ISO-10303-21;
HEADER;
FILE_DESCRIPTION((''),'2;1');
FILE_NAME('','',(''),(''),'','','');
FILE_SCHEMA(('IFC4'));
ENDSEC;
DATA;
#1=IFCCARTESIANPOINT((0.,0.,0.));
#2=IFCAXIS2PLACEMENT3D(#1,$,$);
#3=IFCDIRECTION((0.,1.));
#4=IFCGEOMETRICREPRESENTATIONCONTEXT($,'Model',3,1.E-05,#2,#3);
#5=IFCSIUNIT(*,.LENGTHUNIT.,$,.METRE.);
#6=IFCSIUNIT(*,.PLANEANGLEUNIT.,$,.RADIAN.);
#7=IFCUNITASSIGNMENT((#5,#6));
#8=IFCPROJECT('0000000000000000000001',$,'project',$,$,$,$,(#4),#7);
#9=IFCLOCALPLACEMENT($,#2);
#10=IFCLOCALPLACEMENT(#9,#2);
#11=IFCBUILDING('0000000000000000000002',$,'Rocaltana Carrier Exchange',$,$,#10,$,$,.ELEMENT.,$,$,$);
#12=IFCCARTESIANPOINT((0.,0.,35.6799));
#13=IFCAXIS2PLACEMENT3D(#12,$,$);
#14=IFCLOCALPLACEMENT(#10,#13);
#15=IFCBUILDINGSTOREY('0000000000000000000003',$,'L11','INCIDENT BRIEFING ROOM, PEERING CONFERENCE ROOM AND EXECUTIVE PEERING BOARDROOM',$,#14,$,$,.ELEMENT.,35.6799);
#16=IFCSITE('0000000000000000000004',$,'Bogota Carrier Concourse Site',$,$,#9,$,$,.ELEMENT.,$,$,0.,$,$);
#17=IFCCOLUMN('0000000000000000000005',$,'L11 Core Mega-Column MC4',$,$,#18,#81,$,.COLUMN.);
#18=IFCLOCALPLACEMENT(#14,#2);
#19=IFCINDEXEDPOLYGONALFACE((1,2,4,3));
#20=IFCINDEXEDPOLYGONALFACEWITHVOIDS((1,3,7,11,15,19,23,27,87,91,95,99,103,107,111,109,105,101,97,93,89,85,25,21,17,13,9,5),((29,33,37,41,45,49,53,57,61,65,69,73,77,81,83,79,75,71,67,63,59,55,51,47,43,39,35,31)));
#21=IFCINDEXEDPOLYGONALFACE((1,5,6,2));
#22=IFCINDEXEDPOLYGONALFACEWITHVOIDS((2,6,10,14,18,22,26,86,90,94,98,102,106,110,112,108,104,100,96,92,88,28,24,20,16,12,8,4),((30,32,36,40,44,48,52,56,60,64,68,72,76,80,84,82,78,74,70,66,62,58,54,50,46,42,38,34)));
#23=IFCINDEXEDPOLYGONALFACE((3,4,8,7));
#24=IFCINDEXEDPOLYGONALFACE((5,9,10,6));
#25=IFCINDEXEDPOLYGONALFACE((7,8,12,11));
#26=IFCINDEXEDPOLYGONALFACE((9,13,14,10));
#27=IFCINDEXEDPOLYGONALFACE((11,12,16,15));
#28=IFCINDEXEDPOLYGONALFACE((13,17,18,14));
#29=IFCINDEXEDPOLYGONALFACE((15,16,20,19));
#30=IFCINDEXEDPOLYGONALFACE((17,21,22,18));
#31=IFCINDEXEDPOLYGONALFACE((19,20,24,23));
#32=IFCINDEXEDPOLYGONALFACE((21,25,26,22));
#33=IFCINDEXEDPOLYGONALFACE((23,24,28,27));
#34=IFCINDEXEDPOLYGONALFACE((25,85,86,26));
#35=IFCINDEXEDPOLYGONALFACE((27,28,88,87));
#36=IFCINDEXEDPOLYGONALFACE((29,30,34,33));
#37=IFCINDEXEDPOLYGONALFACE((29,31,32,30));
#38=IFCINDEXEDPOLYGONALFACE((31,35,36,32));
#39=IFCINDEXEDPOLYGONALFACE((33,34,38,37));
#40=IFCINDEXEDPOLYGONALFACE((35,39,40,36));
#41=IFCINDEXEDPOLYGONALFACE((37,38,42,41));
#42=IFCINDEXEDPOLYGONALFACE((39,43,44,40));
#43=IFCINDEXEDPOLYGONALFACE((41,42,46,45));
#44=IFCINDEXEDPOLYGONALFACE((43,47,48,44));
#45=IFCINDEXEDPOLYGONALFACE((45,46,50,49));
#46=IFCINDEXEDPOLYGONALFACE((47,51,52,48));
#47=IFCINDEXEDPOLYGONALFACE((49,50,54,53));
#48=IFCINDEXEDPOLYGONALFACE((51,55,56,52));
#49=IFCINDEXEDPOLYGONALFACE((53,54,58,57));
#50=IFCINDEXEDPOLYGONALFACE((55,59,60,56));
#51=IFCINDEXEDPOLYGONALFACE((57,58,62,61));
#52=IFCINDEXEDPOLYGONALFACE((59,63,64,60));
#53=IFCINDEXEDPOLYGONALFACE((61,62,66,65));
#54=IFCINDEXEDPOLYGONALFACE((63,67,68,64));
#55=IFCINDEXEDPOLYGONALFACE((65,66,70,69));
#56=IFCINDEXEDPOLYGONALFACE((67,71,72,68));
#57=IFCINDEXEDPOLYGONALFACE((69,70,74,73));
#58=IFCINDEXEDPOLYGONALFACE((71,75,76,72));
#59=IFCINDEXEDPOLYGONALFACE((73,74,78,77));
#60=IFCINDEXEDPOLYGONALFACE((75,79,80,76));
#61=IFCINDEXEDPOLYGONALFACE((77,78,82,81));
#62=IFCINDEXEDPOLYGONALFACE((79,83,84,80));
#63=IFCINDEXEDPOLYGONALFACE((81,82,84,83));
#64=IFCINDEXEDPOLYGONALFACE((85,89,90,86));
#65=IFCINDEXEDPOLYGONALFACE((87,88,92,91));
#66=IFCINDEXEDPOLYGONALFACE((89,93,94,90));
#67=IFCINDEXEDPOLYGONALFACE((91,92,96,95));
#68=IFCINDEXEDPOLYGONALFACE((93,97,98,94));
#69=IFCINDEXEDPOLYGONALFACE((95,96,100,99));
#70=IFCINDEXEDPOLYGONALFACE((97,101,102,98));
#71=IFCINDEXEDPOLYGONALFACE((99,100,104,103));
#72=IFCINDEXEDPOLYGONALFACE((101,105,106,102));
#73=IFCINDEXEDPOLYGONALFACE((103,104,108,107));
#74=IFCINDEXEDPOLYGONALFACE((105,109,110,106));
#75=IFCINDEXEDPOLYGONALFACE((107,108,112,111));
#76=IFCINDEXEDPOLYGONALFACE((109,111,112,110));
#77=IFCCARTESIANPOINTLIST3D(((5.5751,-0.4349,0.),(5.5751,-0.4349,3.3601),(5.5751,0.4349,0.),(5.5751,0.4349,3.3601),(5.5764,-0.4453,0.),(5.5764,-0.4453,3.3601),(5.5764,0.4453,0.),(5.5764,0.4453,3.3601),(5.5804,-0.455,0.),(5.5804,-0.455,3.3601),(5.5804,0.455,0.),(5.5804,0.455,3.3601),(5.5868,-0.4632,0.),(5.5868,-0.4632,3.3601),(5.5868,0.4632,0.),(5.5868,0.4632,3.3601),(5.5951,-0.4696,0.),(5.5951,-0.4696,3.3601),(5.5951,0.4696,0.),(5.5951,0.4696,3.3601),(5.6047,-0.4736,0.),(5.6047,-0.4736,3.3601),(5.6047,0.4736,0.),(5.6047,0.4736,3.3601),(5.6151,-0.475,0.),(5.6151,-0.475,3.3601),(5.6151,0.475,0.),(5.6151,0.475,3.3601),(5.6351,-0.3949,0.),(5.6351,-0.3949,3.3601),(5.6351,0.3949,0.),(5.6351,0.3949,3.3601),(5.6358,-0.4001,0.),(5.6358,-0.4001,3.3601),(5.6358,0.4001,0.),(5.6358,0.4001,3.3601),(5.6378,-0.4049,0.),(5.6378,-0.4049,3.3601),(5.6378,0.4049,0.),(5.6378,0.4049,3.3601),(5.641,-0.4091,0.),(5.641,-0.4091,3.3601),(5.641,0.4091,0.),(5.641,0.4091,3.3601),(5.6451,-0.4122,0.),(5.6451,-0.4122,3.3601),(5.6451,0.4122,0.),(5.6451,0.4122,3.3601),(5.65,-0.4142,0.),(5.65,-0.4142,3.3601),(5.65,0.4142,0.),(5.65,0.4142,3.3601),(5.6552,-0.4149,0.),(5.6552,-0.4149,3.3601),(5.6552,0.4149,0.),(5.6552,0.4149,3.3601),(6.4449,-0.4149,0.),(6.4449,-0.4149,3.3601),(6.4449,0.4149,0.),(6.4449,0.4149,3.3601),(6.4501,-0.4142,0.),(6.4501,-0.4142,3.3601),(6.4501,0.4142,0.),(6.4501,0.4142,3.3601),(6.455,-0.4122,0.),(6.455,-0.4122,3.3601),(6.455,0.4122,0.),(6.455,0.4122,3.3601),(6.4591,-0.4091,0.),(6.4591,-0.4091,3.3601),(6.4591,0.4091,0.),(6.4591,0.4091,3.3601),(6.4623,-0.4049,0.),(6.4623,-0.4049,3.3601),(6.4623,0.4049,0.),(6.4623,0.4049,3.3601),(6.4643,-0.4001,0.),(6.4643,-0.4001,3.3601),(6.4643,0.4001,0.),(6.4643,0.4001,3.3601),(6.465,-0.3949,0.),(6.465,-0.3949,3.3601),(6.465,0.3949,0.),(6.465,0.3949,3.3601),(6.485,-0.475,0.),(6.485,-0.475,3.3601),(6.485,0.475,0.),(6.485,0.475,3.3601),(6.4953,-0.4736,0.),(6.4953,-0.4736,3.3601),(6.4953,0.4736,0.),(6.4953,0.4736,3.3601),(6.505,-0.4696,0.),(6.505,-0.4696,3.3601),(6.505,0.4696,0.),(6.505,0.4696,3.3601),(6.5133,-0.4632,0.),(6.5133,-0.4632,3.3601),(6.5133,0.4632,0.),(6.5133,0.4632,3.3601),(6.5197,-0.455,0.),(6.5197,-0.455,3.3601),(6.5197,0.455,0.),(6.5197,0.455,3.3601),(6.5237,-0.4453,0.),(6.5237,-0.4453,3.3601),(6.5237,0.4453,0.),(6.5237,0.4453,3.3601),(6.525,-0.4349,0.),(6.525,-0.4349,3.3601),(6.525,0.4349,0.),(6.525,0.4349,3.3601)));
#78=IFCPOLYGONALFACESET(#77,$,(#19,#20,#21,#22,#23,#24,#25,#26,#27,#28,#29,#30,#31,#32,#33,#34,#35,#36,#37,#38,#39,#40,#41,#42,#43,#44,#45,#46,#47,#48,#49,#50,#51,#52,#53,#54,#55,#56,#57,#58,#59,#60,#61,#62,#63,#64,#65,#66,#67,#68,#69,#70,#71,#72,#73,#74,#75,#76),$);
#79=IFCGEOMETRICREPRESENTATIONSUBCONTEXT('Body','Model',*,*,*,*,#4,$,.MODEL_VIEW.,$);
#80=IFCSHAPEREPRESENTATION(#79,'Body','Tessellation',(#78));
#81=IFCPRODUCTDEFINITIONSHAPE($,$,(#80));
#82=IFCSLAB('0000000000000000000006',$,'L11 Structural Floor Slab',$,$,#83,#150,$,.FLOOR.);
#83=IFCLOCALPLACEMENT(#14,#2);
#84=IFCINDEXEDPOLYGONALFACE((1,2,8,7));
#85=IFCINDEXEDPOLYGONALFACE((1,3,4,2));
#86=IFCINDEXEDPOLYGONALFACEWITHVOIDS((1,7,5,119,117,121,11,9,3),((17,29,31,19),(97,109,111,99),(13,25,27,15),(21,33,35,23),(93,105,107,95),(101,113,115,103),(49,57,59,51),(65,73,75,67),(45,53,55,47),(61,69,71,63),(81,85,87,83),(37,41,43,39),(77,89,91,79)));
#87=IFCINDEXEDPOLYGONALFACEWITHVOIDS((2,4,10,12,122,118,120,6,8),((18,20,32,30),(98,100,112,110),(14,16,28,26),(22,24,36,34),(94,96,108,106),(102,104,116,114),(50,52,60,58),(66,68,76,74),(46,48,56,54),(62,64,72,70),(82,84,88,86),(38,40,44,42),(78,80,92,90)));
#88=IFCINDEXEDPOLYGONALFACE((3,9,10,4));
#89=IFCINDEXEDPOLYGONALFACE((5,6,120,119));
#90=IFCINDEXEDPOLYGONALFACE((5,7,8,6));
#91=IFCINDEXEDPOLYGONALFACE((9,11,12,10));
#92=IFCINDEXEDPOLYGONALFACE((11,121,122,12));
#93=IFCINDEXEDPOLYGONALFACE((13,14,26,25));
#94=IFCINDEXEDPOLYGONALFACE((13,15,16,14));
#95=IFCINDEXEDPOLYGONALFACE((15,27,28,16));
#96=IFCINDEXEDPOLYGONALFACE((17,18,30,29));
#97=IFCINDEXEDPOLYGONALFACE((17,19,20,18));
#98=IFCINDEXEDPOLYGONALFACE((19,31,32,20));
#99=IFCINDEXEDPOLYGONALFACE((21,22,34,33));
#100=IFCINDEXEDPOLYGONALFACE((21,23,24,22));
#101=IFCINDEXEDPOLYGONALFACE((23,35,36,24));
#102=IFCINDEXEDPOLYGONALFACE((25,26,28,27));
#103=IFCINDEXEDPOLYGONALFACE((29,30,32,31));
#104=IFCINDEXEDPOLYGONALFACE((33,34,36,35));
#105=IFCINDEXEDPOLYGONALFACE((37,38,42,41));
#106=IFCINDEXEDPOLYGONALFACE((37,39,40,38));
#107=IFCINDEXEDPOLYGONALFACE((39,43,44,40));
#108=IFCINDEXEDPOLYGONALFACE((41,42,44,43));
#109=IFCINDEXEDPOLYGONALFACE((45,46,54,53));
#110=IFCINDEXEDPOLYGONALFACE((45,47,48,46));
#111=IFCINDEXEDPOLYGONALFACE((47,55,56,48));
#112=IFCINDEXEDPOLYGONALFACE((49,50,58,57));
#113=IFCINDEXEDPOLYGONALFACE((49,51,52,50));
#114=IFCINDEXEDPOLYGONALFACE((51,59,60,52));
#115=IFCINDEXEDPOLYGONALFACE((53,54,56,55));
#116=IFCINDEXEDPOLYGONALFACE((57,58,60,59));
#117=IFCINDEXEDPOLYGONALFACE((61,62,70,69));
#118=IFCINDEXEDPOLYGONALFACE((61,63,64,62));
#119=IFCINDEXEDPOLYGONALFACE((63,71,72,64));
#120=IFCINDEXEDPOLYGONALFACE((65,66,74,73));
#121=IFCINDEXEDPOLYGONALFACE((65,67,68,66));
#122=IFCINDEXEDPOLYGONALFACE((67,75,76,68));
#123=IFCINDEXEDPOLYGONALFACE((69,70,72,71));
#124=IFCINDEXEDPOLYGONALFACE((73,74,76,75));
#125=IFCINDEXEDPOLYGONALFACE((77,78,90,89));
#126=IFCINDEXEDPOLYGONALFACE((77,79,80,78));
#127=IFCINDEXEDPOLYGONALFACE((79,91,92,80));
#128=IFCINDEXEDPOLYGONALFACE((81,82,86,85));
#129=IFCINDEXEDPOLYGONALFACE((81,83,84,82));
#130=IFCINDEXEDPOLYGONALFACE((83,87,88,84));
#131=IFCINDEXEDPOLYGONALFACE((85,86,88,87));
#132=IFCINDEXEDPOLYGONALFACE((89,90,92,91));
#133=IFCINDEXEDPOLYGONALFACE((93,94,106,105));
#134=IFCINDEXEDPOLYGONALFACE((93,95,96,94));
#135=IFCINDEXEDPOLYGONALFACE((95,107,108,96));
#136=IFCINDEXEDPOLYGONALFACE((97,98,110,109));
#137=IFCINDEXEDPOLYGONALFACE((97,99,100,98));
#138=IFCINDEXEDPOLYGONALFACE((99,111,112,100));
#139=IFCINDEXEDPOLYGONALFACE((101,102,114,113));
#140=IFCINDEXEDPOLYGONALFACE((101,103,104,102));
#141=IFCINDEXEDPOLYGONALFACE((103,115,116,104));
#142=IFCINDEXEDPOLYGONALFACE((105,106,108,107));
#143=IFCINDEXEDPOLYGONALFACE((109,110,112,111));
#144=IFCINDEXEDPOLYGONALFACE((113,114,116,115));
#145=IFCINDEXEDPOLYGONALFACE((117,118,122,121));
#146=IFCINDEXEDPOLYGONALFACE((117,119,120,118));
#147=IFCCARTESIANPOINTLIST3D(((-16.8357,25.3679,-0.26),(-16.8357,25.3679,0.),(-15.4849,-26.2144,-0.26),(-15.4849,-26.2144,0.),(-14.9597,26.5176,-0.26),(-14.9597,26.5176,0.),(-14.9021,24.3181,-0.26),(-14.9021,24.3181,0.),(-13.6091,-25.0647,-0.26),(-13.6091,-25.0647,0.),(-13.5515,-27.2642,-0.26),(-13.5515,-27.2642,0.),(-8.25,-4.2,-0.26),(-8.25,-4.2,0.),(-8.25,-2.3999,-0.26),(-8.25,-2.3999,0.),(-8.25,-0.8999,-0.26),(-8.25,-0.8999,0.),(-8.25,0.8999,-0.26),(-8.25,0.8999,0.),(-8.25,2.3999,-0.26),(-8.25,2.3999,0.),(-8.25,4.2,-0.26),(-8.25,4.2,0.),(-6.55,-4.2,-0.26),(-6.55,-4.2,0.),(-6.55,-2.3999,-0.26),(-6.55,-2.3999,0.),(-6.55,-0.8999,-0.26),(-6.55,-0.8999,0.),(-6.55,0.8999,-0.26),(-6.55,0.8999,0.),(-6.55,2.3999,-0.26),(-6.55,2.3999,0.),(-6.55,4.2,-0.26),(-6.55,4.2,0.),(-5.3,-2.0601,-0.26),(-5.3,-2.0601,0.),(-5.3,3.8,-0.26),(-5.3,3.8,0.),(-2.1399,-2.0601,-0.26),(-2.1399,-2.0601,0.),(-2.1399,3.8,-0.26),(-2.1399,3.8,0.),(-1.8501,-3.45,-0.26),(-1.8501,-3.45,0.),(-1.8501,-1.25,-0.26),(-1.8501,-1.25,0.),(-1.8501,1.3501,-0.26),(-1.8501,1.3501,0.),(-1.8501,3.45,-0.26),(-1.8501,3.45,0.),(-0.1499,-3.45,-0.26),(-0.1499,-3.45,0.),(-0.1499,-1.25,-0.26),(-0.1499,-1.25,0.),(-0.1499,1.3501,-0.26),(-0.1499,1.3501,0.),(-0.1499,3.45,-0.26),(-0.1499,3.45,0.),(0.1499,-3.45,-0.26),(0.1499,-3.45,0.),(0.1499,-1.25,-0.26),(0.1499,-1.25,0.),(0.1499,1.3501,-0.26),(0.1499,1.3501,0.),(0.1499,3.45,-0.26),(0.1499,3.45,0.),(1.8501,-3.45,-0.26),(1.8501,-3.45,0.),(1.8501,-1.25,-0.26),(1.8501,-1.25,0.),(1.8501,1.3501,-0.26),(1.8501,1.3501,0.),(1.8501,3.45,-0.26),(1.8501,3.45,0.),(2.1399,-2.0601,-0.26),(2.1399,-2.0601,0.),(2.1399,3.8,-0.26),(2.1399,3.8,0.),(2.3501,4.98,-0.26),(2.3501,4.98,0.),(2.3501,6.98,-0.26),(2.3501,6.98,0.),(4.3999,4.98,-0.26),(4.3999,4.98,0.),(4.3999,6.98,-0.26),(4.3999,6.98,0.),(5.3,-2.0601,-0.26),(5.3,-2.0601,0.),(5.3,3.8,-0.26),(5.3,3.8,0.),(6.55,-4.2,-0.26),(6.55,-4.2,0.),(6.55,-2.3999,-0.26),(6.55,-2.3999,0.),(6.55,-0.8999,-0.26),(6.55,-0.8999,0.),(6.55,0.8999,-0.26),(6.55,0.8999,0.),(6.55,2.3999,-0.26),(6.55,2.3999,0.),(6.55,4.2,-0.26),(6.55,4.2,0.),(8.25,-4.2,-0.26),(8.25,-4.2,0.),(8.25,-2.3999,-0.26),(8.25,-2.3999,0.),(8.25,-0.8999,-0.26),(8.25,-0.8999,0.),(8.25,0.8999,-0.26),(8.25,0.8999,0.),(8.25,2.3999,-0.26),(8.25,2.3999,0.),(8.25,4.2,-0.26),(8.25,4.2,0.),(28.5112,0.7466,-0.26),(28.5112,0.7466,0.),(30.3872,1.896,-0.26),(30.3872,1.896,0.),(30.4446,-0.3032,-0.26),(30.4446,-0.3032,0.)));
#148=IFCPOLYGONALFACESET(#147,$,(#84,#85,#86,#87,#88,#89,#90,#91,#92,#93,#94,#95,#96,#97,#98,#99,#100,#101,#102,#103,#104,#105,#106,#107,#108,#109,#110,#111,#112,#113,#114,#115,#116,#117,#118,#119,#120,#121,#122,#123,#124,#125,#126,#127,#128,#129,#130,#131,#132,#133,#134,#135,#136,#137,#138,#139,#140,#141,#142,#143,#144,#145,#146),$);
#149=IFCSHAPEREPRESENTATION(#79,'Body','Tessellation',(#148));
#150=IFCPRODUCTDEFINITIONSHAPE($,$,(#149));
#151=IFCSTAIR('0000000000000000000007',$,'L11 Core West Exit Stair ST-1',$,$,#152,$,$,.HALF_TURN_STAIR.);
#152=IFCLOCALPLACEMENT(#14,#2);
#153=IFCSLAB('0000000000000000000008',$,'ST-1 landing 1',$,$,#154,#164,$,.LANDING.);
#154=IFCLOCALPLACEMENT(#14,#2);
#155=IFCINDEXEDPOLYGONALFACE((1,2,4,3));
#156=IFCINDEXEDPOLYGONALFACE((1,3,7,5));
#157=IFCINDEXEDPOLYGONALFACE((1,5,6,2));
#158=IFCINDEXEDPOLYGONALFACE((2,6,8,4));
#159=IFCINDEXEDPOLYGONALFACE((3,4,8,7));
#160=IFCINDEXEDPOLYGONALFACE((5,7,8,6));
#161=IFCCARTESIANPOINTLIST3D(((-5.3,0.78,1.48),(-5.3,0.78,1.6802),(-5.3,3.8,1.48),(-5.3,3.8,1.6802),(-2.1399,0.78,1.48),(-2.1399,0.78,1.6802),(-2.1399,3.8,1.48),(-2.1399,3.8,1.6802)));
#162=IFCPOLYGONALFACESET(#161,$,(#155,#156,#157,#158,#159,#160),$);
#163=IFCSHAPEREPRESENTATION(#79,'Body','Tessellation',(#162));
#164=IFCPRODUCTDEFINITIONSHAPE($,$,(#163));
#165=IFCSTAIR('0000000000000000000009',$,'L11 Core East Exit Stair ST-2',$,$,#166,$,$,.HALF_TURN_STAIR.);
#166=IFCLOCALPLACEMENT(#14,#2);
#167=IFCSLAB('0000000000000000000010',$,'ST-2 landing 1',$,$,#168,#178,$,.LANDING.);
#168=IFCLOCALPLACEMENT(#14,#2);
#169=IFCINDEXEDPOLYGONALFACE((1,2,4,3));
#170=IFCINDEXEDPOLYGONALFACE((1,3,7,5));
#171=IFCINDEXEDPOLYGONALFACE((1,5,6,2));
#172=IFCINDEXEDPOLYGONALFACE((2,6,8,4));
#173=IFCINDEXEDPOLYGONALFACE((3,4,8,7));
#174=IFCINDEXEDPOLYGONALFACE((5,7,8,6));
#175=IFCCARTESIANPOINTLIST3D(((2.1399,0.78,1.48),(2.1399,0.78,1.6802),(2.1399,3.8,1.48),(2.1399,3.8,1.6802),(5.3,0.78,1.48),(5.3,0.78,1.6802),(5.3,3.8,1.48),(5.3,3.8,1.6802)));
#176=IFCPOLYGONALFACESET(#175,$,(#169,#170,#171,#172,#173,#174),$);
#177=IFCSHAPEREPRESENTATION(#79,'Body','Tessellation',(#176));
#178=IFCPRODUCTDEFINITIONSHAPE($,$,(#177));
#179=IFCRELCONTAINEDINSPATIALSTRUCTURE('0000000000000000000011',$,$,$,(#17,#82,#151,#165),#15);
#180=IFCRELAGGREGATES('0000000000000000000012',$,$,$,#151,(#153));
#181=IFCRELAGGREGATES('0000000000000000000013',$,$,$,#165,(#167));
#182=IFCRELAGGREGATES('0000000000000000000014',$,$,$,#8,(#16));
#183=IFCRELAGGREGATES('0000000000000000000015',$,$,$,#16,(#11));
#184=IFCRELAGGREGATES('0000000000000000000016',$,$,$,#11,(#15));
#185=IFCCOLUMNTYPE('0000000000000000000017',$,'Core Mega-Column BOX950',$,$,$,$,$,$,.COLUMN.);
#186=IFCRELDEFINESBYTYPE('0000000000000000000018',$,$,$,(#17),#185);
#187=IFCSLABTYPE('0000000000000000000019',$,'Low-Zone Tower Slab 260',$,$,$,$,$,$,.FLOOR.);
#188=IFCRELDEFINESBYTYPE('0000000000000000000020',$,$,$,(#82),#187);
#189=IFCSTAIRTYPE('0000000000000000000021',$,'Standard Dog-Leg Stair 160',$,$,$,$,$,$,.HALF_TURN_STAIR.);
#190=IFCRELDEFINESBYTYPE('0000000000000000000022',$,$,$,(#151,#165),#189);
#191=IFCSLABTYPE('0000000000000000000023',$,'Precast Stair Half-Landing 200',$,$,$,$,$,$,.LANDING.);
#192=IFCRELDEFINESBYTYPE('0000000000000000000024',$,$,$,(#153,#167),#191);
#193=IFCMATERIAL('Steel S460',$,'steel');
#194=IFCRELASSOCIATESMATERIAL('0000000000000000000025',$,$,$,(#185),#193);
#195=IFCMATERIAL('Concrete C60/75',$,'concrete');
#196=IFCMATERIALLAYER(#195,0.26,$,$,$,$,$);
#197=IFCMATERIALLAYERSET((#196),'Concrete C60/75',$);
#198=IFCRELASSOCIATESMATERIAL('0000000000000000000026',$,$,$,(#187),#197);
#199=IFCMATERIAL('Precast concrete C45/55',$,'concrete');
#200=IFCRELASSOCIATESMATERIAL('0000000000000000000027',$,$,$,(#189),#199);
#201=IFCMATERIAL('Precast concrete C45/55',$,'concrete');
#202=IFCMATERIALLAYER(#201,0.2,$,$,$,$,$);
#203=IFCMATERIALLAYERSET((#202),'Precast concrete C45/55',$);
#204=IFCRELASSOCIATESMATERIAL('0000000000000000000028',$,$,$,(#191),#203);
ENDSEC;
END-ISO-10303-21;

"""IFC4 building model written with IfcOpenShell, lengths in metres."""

from ifc_helpers import new_model, si_unit, direction, frame, origin, origin_2d, place, context, subcontext, project, spatial, polyline, hollow_rectangle, outline, extrude, material, layer, layer_set, material_profile, profile_set, type_object, element, aggregate, save


model = new_model("IFC4")

# Units and contexts
model_context = context("Model", 3, precision=1e-05, world=origin(), true_north=direction((0.0, 1.0)))
body_context = subcontext(model_context, "Body", "Model", "MODEL_VIEW")
ifc_project = project(units=[si_unit("LENGTHUNIT", "METRE"), si_unit("PLANEANGLEUNIT", "RADIAN")], contexts=[model_context])

# Site, building, storey
site_placement = place(None, origin())
site = spatial("IfcSite", under=ifc_project, at=site_placement, Name="Bogota Carrier Concourse Site", CompositionType="ELEMENT", RefElevation=0.0)
building_placement = place(site_placement, origin())
building = spatial("IfcBuilding", under=site, at=building_placement, Name="Rocaltana Carrier Exchange", CompositionType="ELEMENT")
storey_placement = place(building_placement, frame((0.0, 0.0, 35.6799)))
storey = spatial("IfcBuildingStorey", under=building, at=storey_placement, Name="L11", Description="INCIDENT BRIEFING ROOM, PEERING CONFERENCE ROOM AND EXECUTIVE PEERING BOARDROOM", CompositionType="ELEMENT", Elevation=35.6799)

# Column
ifc_material_1 = material(Name="Steel S460", Category="steel")
ifc_material_profile = material_profile(ifc_material_1, hollow_rectangle(XDim=0.95, YDim=0.95, WallThickness=0.0601, InnerFilletRadius=0.02, OuterFilletRadius=0.04, at=origin_2d()), Name="BOX950X950X60")
ifc_profile_set = profile_set([ifc_material_profile], Name="Steel S460")
column_type = type_object("IfcColumnType", Name="Core Mega-Column BOX950", PredefinedType="COLUMN", material=ifc_profile_set)
column_placement = place(storey_placement, frame((6.05, 0.0, 0.0), z_axis=(0.0, 0.0, 1.0), x_axis=(1.0, 0.0, 0.0)))
element("IfcColumn", 1, at=column_placement, inside=storey, type_object=column_type, Name="L11 Core Mega-Column MC4", PredefinedType="COLUMN", context=body_context, shape_type="SweptSolid", body=[
    extrude(hollow_rectangle(XDim=0.95, YDim=0.95, WallThickness=0.0601, InnerFilletRadius=0.02, OuterFilletRadius=0.04, at=origin_2d()), origin(), (0.0, 0.0, 1.0), 3.3601),
])

# Slab
ifc_material_2 = material(Name="Concrete C60/75", Category="concrete")
ifc_layer_1 = layer(ifc_material_2, 0.26)
ifc_layer_set_1 = layer_set([ifc_layer_1], Name="Concrete C60/75")
slab_type_1 = type_object("IfcSlabType", Name="Low-Zone Tower Slab 260", PredefinedType="FLOOR", material=ifc_layer_set_1)
slab_1_placement = place(storey_placement, frame((0.0, 0.0, -0.26)))
element("IfcSlab", 2, at=slab_1_placement, inside=storey, type_object=slab_type_1, Name="L11 Structural Floor Slab", PredefinedType="FLOOR", context=body_context, shape_type="SweptSolid", body=[
    extrude(outline(polyline([(30.4446, -0.3032), (28.5112, 0.7466), (30.3872, 1.896), (-14.9597, 26.5176), (-14.9021, 24.3181), (-16.8357, 25.3679), (-15.4849, -26.2144), (-13.6091, -25.0647), (-13.5515, -27.2642), (30.4446, -0.3032)]), holes=[polyline([(-5.3, -2.0601), (-2.1399, -2.0601), (-2.1399, 3.8), (-5.3, 3.8), (-5.3, -2.0601)]), polyline([(2.1399, -2.0601), (5.3, -2.0601), (5.3, 3.8), (2.1399, 3.8), (2.1399, -2.0601)]), polyline([(-1.8501, -3.45), (-0.1499, -3.45), (-0.1499, -1.25), (-1.8501, -1.25), (-1.8501, -3.45)]), polyline([(0.1499, -3.45), (1.8501, -3.45), (1.8501, -1.25), (0.1499, -1.25), (0.1499, -3.45)]), polyline([(2.3501, 4.98), (4.3999, 4.98), (4.3999, 6.98), (2.3501, 6.98), (2.3501, 4.98)]), polyline([(-1.8501, 1.3501), (-0.1499, 1.3501), (-0.1499, 3.45), (-1.8501, 3.45), (-1.8501, 1.3501)]), polyline([(0.1499, 1.3501), (1.8501, 1.3501), (1.8501, 3.45), (0.1499, 3.45), (0.1499, 1.3501)]), polyline([(-8.25, -4.2), (-6.55, -4.2), (-6.55, -2.3999), (-8.25, -2.3999), (-8.25, -4.2)]), polyline([(-8.25, -0.8999), (-6.55, -0.8999), (-6.55, 0.8999), (-8.25, 0.8999), (-8.25, -0.8999)]), polyline([(-8.25, 2.3999), (-6.55, 2.3999), (-6.55, 4.2), (-8.25, 4.2), (-8.25, 2.3999)]), polyline([(6.55, -4.2), (8.25, -4.2), (8.25, -2.3999), (6.55, -2.3999), (6.55, -4.2)]), polyline([(6.55, -0.8999), (8.25, -0.8999), (8.25, 0.8999), (6.55, 0.8999), (6.55, -0.8999)]), polyline([(6.55, 2.3999), (8.25, 2.3999), (8.25, 4.2), (6.55, 4.2), (6.55, 2.3999)])]), origin(), (0.0, 0.0, 1.0), 0.26),
])

# Stairs, slabs
ifc_material_3 = material(Name="Precast concrete C45/55", Category="concrete")
stair_type = type_object("IfcStairType", Name="Standard Dog-Leg Stair 160", PredefinedType="HALF_TURN_STAIR", material=ifc_material_3)
stair_1_placement = place(storey_placement, origin())
stair_1 = element("IfcStair", 3, at=stair_1_placement, inside=storey, type_object=stair_type, Name="L11 Core West Exit Stair ST-1", PredefinedType="HALF_TURN_STAIR")
ifc_material_4 = material(Name="Precast concrete C45/55", Category="concrete")
ifc_layer_2 = layer(ifc_material_4, 0.2)
ifc_layer_set_2 = layer_set([ifc_layer_2], Name="Precast concrete C45/55")
slab_type_2 = type_object("IfcSlabType", Name="Precast Stair Half-Landing 200", PredefinedType="LANDING", material=ifc_layer_set_2)
slab_2_placement = place(storey_placement, frame((0.0, 0.0, 1.48)))
slab_2 = element("IfcSlab", 4, at=slab_2_placement, type_object=slab_type_2, Name="ST-1 landing 1", PredefinedType="LANDING", context=body_context, shape_type="SweptSolid", body=[
    extrude(outline(polyline([(-2.1399, 0.78), (-2.1399, 3.8), (-5.3, 3.8), (-5.3, 0.78), (-2.1399, 0.78)])), origin(), (0.0, 0.0, 1.0), 0.2002),
])
aggregate(stair_1, [slab_2])
stair_2_placement = place(storey_placement, origin())
stair_2 = element("IfcStair", 5, at=stair_2_placement, inside=storey, type_object=stair_type, Name="L11 Core East Exit Stair ST-2", PredefinedType="HALF_TURN_STAIR")
slab_3_placement = place(storey_placement, frame((0.0, 0.0, 1.48)))
slab_3 = element("IfcSlab", 6, at=slab_3_placement, type_object=slab_type_2, Name="ST-2 landing 1", PredefinedType="LANDING", context=body_context, shape_type="SweptSolid", body=[
    extrude(outline(polyline([(5.3, 0.78), (5.3, 3.8), (2.1399, 3.8), (2.1399, 0.78), (5.3, 0.78)])), origin(), (0.0, 0.0, 1.0), 0.2002),
])

aggregate(stair_2, [slab_3])

save(model, "model.ifc")
